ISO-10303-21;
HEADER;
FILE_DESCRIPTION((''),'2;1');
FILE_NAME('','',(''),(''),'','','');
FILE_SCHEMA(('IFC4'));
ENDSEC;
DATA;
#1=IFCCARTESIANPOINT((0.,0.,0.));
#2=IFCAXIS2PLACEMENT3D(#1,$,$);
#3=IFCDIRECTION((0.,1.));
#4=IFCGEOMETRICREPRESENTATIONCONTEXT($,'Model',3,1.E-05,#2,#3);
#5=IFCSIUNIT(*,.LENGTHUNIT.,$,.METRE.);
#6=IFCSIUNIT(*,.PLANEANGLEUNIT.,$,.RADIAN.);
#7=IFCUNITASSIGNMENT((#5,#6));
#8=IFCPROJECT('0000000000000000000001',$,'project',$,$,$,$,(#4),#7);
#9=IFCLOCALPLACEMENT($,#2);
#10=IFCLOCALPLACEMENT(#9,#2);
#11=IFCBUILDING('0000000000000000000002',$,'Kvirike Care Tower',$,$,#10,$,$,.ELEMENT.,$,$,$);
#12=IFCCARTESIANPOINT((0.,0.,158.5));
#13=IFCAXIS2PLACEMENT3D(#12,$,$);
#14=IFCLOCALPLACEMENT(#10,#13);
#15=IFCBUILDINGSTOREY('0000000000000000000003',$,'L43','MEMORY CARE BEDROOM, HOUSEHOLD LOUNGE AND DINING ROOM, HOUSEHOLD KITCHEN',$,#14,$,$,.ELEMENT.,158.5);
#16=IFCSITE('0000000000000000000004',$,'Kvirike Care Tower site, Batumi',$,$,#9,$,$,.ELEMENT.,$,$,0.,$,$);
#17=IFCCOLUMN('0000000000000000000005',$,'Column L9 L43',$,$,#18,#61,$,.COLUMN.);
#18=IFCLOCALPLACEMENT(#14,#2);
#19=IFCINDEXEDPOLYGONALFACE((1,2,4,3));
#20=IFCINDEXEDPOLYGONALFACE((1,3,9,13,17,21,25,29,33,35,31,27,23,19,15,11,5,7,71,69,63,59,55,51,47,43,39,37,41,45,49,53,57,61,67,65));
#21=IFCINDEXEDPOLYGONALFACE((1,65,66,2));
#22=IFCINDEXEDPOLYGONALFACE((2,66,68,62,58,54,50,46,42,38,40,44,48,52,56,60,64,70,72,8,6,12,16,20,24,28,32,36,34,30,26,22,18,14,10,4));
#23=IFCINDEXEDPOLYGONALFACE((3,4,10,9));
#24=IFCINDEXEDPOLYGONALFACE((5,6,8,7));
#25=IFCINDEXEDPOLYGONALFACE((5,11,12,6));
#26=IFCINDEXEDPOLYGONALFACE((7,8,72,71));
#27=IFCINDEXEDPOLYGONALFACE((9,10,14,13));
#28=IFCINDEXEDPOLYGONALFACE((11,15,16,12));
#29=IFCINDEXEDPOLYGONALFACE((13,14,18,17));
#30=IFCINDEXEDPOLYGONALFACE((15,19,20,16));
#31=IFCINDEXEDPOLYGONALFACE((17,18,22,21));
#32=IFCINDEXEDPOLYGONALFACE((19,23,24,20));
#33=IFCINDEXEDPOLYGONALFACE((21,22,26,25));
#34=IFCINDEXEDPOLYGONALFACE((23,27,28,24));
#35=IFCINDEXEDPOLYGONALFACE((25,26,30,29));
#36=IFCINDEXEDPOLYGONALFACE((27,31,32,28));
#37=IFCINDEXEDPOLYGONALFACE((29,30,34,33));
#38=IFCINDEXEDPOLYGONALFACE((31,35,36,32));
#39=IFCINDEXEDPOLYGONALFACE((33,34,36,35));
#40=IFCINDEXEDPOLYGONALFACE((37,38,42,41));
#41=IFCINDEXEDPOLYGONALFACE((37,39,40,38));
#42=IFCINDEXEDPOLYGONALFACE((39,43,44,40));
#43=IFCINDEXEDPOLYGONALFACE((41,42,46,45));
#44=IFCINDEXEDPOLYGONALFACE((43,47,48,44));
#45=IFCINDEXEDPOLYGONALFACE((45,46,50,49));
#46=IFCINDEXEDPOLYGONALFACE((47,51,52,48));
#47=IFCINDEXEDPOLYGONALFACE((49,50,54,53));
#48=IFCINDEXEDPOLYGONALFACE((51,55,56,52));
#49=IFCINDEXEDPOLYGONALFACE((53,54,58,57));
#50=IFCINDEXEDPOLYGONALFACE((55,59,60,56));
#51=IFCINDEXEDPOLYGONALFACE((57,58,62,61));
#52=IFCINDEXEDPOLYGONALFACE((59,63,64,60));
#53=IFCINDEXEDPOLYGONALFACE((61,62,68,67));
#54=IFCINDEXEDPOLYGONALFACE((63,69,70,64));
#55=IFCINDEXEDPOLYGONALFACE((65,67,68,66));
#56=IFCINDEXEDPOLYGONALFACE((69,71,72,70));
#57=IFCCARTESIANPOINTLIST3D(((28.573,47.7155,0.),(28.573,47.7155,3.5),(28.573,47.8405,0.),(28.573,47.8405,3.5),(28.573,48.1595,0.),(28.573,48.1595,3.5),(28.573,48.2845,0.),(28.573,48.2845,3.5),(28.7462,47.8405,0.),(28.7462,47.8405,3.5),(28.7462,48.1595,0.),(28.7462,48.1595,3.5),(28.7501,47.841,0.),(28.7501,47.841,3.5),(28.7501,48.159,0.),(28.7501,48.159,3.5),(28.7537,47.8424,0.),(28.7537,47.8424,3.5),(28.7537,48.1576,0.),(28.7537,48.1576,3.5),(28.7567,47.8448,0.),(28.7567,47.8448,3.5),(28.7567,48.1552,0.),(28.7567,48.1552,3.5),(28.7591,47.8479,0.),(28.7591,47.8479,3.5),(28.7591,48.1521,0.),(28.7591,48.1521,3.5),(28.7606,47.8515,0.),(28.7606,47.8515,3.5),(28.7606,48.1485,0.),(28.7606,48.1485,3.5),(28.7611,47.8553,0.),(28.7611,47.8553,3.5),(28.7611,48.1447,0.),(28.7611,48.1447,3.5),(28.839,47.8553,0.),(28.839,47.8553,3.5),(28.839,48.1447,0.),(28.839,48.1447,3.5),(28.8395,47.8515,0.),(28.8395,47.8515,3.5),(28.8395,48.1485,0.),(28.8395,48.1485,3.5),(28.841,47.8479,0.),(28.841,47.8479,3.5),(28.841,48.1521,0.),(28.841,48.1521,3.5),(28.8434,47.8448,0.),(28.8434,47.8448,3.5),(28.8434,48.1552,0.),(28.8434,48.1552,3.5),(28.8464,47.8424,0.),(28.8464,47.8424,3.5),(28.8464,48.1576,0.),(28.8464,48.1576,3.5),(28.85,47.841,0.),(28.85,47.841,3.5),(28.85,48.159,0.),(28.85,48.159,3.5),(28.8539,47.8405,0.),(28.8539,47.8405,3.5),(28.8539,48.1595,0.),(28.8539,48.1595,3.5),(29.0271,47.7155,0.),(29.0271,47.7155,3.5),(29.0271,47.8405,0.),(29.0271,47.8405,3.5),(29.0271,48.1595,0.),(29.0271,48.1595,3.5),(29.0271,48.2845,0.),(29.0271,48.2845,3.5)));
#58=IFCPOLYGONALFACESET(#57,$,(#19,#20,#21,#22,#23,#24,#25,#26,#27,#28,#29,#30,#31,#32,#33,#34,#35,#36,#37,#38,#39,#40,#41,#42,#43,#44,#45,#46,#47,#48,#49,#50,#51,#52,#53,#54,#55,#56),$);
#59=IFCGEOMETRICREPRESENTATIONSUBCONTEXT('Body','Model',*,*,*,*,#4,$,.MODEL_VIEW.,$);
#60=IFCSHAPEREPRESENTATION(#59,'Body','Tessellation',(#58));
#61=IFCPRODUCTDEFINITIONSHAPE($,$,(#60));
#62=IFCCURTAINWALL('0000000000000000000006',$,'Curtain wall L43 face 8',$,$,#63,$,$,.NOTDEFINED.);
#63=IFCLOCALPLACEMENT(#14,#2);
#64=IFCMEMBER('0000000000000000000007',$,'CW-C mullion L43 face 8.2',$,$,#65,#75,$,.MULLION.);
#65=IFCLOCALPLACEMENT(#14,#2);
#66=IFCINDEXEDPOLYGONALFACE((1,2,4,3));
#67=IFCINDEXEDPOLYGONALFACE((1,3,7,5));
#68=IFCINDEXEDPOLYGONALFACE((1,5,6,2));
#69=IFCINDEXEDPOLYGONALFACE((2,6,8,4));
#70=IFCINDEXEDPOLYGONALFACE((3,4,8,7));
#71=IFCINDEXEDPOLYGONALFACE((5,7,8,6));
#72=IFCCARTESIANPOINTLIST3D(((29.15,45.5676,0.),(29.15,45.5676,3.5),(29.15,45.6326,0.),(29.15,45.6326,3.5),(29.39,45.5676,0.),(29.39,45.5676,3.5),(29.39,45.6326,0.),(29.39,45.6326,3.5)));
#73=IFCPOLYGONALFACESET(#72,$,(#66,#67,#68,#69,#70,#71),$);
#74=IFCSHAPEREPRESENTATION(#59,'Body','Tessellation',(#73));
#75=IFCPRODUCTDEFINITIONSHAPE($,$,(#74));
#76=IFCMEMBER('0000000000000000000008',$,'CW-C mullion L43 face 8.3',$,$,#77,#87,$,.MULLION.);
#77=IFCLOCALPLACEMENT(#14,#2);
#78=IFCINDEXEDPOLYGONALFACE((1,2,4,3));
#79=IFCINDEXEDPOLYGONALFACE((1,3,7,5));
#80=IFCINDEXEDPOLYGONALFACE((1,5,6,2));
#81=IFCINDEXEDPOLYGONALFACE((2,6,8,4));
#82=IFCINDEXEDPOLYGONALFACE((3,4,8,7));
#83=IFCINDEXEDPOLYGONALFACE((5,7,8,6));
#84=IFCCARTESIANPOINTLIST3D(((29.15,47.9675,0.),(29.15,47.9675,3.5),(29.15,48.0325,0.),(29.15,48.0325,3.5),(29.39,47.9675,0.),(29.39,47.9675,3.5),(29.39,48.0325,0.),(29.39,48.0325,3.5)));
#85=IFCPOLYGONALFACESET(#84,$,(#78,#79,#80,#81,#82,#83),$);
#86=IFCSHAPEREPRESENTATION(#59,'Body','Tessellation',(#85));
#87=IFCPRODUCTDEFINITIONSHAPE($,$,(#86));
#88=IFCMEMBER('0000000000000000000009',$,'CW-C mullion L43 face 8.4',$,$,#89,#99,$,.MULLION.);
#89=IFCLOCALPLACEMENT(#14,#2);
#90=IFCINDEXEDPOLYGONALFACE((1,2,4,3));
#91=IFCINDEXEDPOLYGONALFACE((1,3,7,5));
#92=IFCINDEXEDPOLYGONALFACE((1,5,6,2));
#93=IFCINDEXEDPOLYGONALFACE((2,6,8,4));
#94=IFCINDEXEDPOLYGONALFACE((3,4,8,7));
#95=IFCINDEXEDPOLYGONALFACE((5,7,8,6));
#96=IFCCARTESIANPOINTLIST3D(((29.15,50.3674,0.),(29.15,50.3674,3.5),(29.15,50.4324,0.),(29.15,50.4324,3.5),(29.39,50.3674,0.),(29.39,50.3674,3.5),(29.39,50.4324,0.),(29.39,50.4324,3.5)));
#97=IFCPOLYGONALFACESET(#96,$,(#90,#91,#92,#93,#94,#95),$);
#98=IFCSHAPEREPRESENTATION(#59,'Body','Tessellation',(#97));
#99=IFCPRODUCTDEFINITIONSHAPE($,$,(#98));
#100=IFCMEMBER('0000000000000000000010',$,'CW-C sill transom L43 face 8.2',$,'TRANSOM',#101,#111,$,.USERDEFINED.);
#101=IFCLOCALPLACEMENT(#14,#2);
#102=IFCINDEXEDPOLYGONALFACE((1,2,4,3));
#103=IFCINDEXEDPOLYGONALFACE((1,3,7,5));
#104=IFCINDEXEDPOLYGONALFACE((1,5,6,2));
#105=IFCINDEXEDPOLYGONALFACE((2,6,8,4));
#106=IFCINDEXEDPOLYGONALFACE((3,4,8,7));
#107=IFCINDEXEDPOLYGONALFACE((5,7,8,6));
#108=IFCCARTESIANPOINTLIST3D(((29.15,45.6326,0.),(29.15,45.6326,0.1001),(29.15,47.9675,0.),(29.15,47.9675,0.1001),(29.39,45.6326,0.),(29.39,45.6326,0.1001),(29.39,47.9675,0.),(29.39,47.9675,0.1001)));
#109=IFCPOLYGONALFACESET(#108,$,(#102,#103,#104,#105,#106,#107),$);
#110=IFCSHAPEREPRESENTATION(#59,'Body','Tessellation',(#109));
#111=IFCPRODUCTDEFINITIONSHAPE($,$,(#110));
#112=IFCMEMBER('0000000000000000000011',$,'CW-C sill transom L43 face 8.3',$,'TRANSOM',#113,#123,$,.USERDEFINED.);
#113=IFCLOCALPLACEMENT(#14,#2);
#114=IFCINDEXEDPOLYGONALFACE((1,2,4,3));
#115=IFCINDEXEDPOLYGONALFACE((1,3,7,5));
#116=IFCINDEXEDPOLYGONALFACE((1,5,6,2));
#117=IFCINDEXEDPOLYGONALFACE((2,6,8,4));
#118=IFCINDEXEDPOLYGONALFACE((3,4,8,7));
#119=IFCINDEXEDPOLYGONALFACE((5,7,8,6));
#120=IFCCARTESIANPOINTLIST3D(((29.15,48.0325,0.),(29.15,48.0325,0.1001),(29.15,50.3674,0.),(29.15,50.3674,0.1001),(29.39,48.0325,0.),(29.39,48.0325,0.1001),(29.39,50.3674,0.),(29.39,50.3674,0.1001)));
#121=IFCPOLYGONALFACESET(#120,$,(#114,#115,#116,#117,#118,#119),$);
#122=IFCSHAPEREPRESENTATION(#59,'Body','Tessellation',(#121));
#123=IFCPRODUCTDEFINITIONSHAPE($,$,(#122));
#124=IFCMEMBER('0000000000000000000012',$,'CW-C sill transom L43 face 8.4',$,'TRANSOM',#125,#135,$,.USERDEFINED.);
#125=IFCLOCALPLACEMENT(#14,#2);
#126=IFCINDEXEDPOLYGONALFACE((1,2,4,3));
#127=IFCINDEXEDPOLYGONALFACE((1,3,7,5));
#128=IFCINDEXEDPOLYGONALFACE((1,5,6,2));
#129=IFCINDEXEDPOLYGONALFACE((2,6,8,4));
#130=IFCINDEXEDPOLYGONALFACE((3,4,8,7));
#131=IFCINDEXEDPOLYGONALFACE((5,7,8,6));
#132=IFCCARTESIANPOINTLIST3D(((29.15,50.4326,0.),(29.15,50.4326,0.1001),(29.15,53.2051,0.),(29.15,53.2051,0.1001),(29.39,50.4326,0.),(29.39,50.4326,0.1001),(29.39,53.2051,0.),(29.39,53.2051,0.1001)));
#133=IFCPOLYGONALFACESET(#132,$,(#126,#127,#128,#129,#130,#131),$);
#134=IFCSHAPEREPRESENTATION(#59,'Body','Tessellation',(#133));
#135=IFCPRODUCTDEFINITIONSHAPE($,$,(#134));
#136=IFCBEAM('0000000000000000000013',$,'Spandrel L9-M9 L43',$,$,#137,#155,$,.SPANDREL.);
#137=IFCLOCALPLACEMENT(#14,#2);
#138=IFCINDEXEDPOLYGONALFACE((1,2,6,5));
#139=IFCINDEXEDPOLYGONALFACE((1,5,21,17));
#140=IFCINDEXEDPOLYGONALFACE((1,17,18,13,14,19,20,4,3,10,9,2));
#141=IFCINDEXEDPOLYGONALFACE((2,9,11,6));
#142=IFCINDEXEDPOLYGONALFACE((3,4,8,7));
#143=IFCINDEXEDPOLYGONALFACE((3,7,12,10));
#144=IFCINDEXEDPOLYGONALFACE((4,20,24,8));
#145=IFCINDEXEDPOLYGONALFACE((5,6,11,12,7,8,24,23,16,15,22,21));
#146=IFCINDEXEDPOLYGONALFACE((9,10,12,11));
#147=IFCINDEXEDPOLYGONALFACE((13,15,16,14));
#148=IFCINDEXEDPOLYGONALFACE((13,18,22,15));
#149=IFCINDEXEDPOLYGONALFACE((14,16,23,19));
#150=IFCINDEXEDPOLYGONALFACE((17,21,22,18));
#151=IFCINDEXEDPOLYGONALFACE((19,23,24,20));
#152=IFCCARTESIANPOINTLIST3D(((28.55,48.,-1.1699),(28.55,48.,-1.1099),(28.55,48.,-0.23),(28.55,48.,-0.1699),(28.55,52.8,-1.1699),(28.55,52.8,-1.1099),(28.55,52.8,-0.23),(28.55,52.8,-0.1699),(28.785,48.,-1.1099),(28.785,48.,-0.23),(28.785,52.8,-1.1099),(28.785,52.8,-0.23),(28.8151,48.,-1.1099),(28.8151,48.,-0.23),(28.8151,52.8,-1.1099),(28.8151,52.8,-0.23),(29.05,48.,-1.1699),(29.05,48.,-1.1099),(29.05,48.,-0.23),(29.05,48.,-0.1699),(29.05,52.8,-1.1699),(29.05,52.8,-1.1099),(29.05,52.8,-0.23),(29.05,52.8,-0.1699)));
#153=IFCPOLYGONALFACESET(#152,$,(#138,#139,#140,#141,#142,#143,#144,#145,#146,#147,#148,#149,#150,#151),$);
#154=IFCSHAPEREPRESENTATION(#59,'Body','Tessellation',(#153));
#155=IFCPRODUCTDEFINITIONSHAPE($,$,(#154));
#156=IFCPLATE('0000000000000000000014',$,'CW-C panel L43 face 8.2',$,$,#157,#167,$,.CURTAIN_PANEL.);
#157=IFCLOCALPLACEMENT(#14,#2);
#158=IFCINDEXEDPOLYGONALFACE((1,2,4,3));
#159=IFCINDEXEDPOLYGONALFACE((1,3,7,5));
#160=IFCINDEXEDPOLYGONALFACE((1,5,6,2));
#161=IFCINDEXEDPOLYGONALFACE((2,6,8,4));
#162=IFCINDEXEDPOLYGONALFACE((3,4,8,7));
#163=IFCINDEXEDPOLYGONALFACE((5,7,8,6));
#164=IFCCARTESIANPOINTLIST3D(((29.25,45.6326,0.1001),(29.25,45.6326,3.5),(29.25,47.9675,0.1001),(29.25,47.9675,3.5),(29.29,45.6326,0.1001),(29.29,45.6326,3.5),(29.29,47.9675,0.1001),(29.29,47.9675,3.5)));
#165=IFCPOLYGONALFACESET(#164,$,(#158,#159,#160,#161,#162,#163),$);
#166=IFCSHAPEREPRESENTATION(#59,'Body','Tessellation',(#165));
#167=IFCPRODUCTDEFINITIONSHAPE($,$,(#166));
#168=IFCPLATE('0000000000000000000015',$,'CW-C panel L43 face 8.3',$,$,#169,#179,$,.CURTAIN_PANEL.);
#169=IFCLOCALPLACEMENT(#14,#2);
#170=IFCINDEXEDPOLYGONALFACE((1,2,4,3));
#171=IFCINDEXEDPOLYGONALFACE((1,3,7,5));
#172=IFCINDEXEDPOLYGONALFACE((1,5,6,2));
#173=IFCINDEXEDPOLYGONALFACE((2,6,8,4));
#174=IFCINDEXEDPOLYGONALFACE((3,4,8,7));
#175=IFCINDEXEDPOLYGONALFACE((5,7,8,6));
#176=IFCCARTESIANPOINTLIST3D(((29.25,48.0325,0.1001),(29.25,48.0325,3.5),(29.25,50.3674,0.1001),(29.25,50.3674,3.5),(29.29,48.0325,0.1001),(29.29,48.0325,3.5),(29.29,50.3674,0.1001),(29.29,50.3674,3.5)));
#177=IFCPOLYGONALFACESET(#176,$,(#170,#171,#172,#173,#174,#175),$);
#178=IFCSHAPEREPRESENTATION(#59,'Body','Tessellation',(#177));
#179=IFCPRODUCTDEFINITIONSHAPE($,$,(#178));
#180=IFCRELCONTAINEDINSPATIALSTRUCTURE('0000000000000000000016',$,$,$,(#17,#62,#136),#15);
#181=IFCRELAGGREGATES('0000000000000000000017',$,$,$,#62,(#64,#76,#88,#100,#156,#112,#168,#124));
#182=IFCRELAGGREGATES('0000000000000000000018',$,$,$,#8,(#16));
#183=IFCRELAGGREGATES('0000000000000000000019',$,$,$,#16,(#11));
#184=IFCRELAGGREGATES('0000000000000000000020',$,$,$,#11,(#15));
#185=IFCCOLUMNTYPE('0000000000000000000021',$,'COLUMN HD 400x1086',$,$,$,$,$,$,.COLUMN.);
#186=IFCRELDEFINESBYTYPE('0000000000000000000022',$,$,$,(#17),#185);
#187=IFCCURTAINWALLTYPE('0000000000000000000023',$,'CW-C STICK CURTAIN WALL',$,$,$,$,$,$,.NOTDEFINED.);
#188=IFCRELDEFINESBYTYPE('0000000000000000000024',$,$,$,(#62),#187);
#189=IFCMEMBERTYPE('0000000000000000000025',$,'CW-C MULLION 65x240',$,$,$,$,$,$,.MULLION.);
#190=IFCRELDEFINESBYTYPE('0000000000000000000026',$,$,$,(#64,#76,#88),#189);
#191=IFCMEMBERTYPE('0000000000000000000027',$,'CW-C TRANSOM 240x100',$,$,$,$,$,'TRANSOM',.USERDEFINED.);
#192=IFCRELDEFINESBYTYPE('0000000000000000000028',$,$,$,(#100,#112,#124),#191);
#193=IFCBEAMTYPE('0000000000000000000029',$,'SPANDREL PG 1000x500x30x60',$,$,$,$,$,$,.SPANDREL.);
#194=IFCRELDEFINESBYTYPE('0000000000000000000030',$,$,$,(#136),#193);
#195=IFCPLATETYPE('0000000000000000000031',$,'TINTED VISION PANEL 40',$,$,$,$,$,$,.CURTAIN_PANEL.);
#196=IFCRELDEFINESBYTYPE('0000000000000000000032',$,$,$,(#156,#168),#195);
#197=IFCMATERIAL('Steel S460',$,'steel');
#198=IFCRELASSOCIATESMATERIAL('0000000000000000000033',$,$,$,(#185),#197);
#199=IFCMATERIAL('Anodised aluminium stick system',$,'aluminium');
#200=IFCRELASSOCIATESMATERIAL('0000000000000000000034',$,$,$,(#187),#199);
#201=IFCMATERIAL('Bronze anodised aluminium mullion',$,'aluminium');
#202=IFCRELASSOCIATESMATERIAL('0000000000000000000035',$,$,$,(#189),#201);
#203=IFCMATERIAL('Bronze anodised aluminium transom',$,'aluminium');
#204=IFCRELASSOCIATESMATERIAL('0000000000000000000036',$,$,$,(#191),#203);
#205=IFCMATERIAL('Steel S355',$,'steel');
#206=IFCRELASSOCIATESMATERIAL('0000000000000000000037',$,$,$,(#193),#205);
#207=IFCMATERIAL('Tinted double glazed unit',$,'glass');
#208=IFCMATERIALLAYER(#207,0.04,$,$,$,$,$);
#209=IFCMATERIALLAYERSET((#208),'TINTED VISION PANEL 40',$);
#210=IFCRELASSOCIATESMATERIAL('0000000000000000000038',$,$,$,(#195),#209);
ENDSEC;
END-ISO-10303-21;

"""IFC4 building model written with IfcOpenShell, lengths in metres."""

from ifc_helpers import new_model, si_unit, direction, frame, origin, origin_2d, place, context, subcontext, project, spatial, rectangle, i_section, extrude, material, layer, layer_set, material_profile, profile_set, type_object, element, aggregate, save


model = new_model("IFC4")

# Units and contexts
model_context = context("Model", 3, precision=1e-05, world=origin(), true_north=direction((0.0, 1.0)))
body_context = subcontext(model_context, "Body", "Model", "MODEL_VIEW")
ifc_project = project(units=[si_unit("LENGTHUNIT", "METRE"), si_unit("PLANEANGLEUNIT", "RADIAN")], contexts=[model_context])

# Site, building, storey
site_placement = place(None, origin())
site = spatial("IfcSite", under=ifc_project, at=site_placement, Name="Kvirike Care Tower site, Batumi", CompositionType="ELEMENT", RefElevation=0.0)
building_placement = place(site_placement, origin())
building = spatial("IfcBuilding", under=site, at=building_placement, Name="Kvirike Care Tower", CompositionType="ELEMENT")
storey_placement = place(building_placement, frame((0.0, 0.0, 158.5)))
storey = spatial("IfcBuildingStorey", under=building, at=storey_placement, Name="L43", Description="MEMORY CARE BEDROOM, HOUSEHOLD LOUNGE AND DINING ROOM, HOUSEHOLD KITCHEN", CompositionType="ELEMENT", Elevation=158.5)

# Column
ifc_material_1 = material(Name="Steel S460", Category="steel")
ifc_material_profile_1 = material_profile(ifc_material_1, i_section(OverallWidth=0.4541, OverallDepth=0.5691, WebThickness=0.0779, FlangeThickness=0.125, FilletRadius=0.0149, at=origin_2d()), Name="HD 400x1086")
ifc_profile_set_1 = profile_set([ifc_material_profile_1], Name="Steel S460")
column_type = type_object("IfcColumnType", Name="COLUMN HD 400x1086", PredefinedType="COLUMN", material=ifc_profile_set_1)
column_placement = place(storey_placement, frame((28.8, 48.0, 0.0), z_axis=(0.0, 0.0, 1.0), x_axis=(1.0, 0.0, 0.0)))
element("IfcColumn", 1, at=column_placement, inside=storey, type_object=column_type, Name="Column L9 L43", PredefinedType="COLUMN", context=body_context, shape_type="SweptSolid", body=[
    extrude(i_section(OverallWidth=0.4541, OverallDepth=0.5691, WebThickness=0.0779, FlangeThickness=0.125, FilletRadius=0.0149, at=origin_2d()), origin(), (0.0, 0.0, 1.0), 3.5),
])

# Curtain wall, members
ifc_material_2 = material(Name="Anodised aluminium stick system", Category="aluminium")
curtain_wall_type = type_object("IfcCurtainWallType", Name="CW-C STICK CURTAIN WALL", PredefinedType="NOTDEFINED", material=ifc_material_2)
curtain_wall_placement = place(storey_placement, origin())
curtain_wall = element("IfcCurtainWall", 2, at=curtain_wall_placement, inside=storey, type_object=curtain_wall_type, Name="Curtain wall L43 face 8", PredefinedType="NOTDEFINED")
ifc_material_3 = material(Name="Bronze anodised aluminium mullion", Category="aluminium")
ifc_material_profile_2 = material_profile(ifc_material_3, rectangle(XDim=0.0649, YDim=0.24, at=origin_2d()), Name="CW-C MULLION 65x240")
ifc_profile_set_2 = profile_set([ifc_material_profile_2], Name="Bronze anodised aluminium mullion")
member_type_1 = type_object("IfcMemberType", Name="CW-C MULLION 65x240", PredefinedType="MULLION", material=ifc_profile_set_2)
member_1_placement = place(storey_placement, frame((29.27, 45.6001, 0.0), z_axis=(0.0, 0.0, 1.0), x_axis=(0.0, 1.0, 0.0)))
member_1 = element("IfcMember", 3, at=member_1_placement, type_object=member_type_1, Name="CW-C mullion L43 face 8.2", PredefinedType="MULLION", context=body_context, shape_type="SweptSolid", body=[
    extrude(rectangle(XDim=0.0649, YDim=0.24, at=origin_2d()), origin(), (0.0, 0.0, 1.0), 3.5),
])
member_2_placement = place(storey_placement, frame((29.27, 48.0, 0.0), z_axis=(0.0, 0.0, 1.0), x_axis=(0.0, 1.0, 0.0)))
member_2 = element("IfcMember", 4, at=member_2_placement, type_object=member_type_1, Name="CW-C mullion L43 face 8.3", PredefinedType="MULLION", context=body_context, shape_type="SweptSolid", body=[
    extrude(rectangle(XDim=0.0649, YDim=0.24, at=origin_2d()), origin(), (0.0, 0.0, 1.0), 3.5),
])
member_3_placement = place(storey_placement, frame((29.27, 50.3999, 0.0), z_axis=(0.0, 0.0, 1.0), x_axis=(0.0, 1.0, 0.0)))
member_3 = element("IfcMember", 5, at=member_3_placement, type_object=member_type_1, Name="CW-C mullion L43 face 8.4", PredefinedType="MULLION", context=body_context, shape_type="SweptSolid", body=[
    extrude(rectangle(XDim=0.0649, YDim=0.24, at=origin_2d()), origin(), (0.0, 0.0, 1.0), 3.5),
])
ifc_material_4 = material(Name="Bronze anodised aluminium transom", Category="aluminium")
ifc_material_profile_3 = material_profile(ifc_material_4, rectangle(XDim=0.24, YDim=0.1001, at=origin_2d()), Name="CW-C TRANSOM 240x100")
ifc_profile_set_3 = profile_set([ifc_material_profile_3], Name="Bronze anodised aluminium transom")
member_type_2 = type_object("IfcMemberType", Name="CW-C TRANSOM 240x100", ElementType="TRANSOM", PredefinedType="USERDEFINED", material=ifc_profile_set_3)
member_4_placement = place(storey_placement, frame((29.27, 45.6326, 0.05), z_axis=(0.0, 1.0, 0.0), x_axis=(-1.0, 0.0, 0.0)))
member_4 = element("IfcMember", 6, at=member_4_placement, type_object=member_type_2, Name="CW-C sill transom L43 face 8.2", ObjectType="TRANSOM", PredefinedType="USERDEFINED", context=body_context, shape_type="SweptSolid", body=[
    extrude(rectangle(XDim=0.24, YDim=0.1001, at=origin_2d()), origin(), (0.0, 0.0, 1.0), 2.335),
])
member_5_placement = place(storey_placement, frame((29.27, 48.0325, 0.05), z_axis=(0.0, 1.0, 0.0), x_axis=(-1.0, 0.0, 0.0)))
member_5 = element("IfcMember", 7, at=member_5_placement, type_object=member_type_2, Name="CW-C sill transom L43 face 8.3", ObjectType="TRANSOM", PredefinedType="USERDEFINED", context=body_context, shape_type="SweptSolid", body=[
    extrude(rectangle(XDim=0.24, YDim=0.1001, at=origin_2d()), origin(), (0.0, 0.0, 1.0), 2.335),
])
member_6_placement = place(storey_placement, frame((29.27, 50.4326, 0.05), z_axis=(0.0, 1.0, 0.0), x_axis=(-1.0, 0.0, 0.0)))
member_6 = element("IfcMember", 8, at=member_6_placement, type_object=member_type_2, Name="CW-C sill transom L43 face 8.4", ObjectType="TRANSOM", PredefinedType="USERDEFINED", context=body_context, shape_type="SweptSolid", body=[
    extrude(rectangle(XDim=0.24, YDim=0.1001, at=origin_2d()), origin(), (0.0, 0.0, 1.0), 2.7725),
])

# Beam
ifc_material_5 = material(Name="Steel S355", Category="steel")
ifc_material_profile_4 = material_profile(ifc_material_5, i_section(OverallWidth=0.5, OverallDepth=1.0, WebThickness=0.03, FlangeThickness=0.0601, at=origin_2d()), Name="PG 1000x500x30x60")
ifc_profile_set_4 = profile_set([ifc_material_profile_4], Name="Steel S355")
beam_type = type_object("IfcBeamType", Name="SPANDREL PG 1000x500x30x60", PredefinedType="SPANDREL", material=ifc_profile_set_4)
beam_placement = place(storey_placement, frame((28.8, 48.0, -0.6699), z_axis=(0.0, 1.0, 0.0), x_axis=(-1.0, 0.0, 0.0)))
element("IfcBeam", 9, at=beam_placement, inside=storey, type_object=beam_type, Name="Spandrel L9-M9 L43", PredefinedType="SPANDREL", context=body_context, shape_type="SweptSolid", body=[
    extrude(i_section(OverallWidth=0.5, OverallDepth=1.0, WebThickness=0.03, FlangeThickness=0.0601, at=origin_2d()), origin(), (0.0, 0.0, 1.0), 4.8),
])

# Plates
ifc_material_6 = material(Name="Tinted double glazed unit", Category="glass")
ifc_layer_1 = layer(ifc_material_6, 0.04)
ifc_layer_set_1 = layer_set([ifc_layer_1], Name="TINTED VISION PANEL 40")
plate_type = type_object("IfcPlateType", Name="TINTED VISION PANEL 40", PredefinedType="CURTAIN_PANEL", material=ifc_layer_set_1)
plate_1_placement = place(storey_placement, frame((29.27, 46.8, 0.1001), z_axis=(0.0, 0.0, 1.0), x_axis=(0.0, 1.0, 0.0)))
plate_1 = element("IfcPlate", 10, at=plate_1_placement, type_object=plate_type, Name="CW-C panel L43 face 8.2", PredefinedType="CURTAIN_PANEL", context=body_context, shape_type="SweptSolid", body=[
    extrude(rectangle(XDim=2.335, YDim=0.04, at=origin_2d()), origin(), (0.0, 0.0, 1.0), 3.3999),
])
plate_2_placement = place(storey_placement, frame((29.27, 49.2, 0.1001), z_axis=(0.0, 0.0, 1.0), x_axis=(0.0, 1.0, 0.0)))
plate_2 = element("IfcPlate", 11, at=plate_2_placement, type_object=plate_type, Name="CW-C panel L43 face 8.3", PredefinedType="CURTAIN_PANEL", context=body_context, shape_type="SweptSolid", body=[
    extrude(rectangle(XDim=2.335, YDim=0.04, at=origin_2d()), origin(), (0.0, 0.0, 1.0), 3.3999),
])
aggregate(curtain_wall, [member_1, member_2, member_3, member_4, plate_1, member_5, plate_2, member_6])

save(model, "model.ifc")
